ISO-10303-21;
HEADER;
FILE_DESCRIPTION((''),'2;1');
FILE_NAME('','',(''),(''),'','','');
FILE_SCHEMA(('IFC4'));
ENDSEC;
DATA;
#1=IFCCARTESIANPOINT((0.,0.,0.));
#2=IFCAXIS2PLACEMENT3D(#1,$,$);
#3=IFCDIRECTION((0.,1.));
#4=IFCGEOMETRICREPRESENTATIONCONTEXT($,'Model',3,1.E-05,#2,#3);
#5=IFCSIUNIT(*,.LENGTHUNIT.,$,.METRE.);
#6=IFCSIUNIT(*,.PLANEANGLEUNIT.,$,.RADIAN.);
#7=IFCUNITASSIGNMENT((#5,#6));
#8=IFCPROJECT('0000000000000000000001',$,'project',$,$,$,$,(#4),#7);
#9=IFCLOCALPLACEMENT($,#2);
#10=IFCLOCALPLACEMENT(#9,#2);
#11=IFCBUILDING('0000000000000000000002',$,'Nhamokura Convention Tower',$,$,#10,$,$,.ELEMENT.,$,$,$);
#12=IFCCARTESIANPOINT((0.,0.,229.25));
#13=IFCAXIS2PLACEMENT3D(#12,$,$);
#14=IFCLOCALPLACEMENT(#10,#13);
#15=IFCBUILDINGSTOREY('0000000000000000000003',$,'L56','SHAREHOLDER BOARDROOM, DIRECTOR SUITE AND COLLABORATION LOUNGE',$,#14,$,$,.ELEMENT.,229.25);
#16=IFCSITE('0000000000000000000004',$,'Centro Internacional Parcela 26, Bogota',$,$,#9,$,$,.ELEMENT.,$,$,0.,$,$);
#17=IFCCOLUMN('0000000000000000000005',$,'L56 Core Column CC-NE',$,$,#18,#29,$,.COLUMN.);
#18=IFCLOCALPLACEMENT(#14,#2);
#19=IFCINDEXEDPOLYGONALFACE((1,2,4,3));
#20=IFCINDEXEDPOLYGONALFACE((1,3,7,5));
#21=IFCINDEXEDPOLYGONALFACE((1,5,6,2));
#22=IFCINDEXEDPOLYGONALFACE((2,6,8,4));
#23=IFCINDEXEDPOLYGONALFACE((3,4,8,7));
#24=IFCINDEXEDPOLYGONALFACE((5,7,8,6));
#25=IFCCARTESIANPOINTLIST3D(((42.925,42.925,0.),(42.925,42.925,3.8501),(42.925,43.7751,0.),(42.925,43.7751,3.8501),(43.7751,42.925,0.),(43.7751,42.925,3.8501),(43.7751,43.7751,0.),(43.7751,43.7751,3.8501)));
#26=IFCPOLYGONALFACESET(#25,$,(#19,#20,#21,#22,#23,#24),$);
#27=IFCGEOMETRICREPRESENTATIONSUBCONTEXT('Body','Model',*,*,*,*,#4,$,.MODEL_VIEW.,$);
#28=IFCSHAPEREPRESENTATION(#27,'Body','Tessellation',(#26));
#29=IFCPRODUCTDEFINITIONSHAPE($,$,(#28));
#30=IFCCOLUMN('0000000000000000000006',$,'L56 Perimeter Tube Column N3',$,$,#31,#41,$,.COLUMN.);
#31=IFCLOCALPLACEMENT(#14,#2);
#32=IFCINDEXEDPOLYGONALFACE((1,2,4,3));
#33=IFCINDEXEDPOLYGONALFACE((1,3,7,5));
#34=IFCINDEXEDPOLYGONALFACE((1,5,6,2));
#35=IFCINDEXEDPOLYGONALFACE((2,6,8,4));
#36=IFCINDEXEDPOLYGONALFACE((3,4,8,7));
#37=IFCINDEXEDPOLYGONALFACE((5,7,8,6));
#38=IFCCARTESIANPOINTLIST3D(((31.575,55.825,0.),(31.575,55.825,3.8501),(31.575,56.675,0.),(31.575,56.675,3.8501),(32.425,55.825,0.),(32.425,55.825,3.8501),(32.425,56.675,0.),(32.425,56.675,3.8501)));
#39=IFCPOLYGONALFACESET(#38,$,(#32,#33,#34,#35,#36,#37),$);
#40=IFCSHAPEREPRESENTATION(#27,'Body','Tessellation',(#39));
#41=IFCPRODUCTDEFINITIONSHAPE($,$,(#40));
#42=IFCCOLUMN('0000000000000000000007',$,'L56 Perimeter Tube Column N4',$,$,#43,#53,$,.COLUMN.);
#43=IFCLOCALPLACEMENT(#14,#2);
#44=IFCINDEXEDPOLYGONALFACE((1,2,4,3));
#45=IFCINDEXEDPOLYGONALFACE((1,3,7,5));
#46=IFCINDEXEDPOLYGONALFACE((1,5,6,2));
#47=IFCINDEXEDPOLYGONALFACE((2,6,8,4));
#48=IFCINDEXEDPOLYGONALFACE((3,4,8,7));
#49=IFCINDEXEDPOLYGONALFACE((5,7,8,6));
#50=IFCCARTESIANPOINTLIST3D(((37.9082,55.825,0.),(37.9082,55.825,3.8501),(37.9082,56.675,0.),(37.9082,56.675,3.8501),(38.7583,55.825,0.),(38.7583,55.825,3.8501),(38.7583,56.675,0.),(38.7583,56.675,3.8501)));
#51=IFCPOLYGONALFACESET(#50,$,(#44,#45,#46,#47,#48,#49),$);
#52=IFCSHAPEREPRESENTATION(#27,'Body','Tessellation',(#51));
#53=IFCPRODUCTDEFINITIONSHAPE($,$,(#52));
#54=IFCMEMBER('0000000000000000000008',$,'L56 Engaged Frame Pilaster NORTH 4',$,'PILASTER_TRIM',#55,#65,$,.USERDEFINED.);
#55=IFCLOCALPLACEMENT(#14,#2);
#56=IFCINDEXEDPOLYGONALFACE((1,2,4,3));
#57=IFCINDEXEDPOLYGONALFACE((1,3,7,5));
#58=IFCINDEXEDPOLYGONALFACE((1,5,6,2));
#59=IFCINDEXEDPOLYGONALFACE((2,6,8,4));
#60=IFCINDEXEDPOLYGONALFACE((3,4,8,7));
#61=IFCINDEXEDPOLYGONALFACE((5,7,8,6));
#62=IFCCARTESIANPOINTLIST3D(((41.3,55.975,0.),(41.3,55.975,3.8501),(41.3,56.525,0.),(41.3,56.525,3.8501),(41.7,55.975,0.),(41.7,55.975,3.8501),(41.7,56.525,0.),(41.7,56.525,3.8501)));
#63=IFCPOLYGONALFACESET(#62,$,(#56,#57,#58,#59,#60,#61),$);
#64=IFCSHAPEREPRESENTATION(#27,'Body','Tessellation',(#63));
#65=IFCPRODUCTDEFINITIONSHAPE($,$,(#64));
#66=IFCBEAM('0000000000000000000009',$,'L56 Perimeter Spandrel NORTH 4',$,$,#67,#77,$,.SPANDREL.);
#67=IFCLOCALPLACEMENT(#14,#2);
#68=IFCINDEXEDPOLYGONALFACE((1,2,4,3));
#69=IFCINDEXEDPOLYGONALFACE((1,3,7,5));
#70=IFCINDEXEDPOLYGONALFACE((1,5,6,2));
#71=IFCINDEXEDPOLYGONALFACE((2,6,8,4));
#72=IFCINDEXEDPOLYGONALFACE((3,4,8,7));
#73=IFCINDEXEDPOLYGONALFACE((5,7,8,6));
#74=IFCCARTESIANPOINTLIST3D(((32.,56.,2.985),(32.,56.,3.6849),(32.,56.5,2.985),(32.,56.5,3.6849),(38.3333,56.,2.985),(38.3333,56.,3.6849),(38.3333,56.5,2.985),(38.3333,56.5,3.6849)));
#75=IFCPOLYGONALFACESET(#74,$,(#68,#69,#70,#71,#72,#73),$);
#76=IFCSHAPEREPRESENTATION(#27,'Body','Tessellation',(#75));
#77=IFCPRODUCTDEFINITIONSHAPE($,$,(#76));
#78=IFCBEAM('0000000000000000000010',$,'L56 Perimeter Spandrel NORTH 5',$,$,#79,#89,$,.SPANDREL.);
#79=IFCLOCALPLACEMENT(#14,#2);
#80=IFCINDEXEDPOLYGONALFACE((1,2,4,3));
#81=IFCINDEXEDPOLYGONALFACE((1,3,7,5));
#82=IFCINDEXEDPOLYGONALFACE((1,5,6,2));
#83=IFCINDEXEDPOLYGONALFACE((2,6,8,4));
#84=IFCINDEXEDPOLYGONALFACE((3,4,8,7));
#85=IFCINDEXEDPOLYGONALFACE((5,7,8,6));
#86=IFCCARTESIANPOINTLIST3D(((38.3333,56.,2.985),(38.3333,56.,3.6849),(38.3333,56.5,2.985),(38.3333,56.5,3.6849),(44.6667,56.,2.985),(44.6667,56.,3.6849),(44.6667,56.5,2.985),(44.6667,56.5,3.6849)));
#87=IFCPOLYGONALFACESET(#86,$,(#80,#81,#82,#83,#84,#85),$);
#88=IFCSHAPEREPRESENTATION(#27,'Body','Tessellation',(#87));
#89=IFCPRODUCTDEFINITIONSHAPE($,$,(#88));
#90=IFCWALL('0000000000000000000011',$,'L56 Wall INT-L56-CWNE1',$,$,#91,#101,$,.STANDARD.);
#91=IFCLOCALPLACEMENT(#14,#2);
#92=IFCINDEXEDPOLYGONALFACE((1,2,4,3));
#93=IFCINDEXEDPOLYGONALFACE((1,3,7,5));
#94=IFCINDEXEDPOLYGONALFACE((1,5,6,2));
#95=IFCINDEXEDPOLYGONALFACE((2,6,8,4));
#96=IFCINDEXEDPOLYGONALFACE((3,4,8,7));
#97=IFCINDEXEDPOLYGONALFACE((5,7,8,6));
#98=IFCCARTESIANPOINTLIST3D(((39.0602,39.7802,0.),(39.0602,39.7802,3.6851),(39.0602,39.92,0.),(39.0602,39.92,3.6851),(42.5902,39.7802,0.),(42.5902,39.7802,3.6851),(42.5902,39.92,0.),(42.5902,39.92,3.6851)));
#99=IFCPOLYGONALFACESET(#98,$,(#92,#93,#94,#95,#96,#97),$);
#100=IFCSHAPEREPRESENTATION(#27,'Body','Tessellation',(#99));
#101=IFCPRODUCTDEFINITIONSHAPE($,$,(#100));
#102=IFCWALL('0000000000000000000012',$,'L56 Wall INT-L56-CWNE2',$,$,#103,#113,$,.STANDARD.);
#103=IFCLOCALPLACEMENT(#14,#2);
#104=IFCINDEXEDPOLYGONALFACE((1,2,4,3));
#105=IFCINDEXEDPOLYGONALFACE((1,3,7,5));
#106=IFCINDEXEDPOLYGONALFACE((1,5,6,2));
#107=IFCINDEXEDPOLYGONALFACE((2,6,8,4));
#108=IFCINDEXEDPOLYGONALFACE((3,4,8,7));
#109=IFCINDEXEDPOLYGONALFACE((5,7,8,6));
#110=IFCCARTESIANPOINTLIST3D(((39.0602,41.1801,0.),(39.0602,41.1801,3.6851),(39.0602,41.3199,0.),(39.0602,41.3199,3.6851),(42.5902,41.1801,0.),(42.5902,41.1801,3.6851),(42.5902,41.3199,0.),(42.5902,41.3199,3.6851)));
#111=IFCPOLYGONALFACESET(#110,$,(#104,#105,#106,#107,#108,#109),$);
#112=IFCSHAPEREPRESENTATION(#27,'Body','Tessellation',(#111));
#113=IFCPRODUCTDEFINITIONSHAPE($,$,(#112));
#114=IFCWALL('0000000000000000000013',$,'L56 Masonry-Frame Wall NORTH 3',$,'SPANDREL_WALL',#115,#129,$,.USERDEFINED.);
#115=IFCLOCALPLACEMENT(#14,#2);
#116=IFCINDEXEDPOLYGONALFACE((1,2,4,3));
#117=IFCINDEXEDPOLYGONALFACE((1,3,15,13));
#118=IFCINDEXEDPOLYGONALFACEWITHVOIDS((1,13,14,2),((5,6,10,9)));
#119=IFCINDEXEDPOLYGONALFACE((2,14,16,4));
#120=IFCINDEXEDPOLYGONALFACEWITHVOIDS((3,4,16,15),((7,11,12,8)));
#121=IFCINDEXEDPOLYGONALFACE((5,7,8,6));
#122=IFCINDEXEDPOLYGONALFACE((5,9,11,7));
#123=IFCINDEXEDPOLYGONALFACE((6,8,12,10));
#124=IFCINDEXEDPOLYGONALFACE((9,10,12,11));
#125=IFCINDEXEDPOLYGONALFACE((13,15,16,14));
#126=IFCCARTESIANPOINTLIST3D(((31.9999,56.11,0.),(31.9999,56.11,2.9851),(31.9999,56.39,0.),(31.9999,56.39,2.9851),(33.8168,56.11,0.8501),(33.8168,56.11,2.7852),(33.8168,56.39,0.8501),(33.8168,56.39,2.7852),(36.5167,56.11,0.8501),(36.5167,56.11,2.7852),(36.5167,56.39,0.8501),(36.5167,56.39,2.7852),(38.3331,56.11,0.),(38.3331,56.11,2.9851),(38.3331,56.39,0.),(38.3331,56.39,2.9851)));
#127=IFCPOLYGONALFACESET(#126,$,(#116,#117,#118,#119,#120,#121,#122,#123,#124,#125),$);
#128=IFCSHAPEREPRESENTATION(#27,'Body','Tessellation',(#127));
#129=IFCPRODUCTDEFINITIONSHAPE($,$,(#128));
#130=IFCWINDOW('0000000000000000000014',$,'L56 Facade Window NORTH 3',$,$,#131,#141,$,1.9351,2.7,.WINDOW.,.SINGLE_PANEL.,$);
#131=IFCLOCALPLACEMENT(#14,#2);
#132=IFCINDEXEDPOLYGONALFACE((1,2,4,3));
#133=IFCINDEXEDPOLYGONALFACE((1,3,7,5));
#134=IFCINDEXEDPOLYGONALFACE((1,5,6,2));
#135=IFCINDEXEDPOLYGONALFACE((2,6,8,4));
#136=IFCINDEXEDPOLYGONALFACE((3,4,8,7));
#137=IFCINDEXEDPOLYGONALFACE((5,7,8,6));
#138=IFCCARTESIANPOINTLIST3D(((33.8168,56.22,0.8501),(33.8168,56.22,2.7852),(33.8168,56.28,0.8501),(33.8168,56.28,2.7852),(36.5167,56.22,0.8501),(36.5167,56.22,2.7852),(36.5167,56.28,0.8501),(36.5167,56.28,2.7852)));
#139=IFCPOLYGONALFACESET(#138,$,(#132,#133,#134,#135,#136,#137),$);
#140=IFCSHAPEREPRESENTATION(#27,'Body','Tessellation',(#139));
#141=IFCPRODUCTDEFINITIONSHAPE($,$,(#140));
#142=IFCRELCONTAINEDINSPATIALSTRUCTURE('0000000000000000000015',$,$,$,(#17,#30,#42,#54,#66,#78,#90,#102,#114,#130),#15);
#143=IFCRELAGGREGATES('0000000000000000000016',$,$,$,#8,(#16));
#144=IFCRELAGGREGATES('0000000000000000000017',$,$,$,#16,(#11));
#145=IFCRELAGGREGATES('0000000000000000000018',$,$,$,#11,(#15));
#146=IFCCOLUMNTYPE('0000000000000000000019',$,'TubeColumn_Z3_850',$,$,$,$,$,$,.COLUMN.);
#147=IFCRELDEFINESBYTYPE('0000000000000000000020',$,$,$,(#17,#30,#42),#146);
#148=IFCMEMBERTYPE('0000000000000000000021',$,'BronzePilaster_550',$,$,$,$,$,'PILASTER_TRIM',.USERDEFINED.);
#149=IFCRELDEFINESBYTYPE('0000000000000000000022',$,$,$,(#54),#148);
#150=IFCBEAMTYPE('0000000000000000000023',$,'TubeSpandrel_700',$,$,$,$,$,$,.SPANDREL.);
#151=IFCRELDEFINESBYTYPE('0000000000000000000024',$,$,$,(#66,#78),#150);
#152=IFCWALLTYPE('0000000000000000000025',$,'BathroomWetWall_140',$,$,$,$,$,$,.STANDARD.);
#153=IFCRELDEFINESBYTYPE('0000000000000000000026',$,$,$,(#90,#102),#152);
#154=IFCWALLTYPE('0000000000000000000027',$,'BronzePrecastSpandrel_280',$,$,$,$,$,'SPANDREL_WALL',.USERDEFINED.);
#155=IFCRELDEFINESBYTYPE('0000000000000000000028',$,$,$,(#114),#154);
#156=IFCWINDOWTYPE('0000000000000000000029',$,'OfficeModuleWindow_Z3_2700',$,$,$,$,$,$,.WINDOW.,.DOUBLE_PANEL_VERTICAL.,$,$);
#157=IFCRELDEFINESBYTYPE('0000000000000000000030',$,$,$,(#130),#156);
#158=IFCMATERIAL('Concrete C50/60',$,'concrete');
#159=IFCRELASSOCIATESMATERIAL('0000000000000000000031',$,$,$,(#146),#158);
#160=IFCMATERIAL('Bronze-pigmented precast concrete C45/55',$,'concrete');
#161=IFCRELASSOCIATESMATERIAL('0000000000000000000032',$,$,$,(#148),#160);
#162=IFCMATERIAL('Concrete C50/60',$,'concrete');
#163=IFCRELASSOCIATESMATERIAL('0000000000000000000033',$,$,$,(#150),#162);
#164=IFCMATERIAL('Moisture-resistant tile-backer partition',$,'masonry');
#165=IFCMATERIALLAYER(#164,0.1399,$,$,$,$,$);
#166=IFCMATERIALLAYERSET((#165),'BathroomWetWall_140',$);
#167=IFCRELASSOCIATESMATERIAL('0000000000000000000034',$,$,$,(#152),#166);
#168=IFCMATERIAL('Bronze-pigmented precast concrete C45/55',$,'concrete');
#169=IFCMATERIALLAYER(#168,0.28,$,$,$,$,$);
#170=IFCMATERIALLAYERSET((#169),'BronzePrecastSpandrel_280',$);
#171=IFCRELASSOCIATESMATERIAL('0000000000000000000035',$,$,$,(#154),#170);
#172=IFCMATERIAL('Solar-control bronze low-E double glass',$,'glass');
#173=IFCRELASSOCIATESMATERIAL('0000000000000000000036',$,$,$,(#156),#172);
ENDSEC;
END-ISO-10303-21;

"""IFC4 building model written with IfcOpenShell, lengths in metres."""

from ifc_helpers import new_model, si_unit, direction, frame, frame_2d, origin, origin_2d, place, context, subcontext, project, spatial, rectangle, extrude, material, layer, layer_set, material_profile, profile_set, type_object, element, fill, save


model = new_model("IFC4")

# Units and contexts
model_context = context("Model", 3, precision=1e-05, world=origin(), true_north=direction((0.0, 1.0)))
body_context = subcontext(model_context, "Body", "Model", "MODEL_VIEW")
ifc_project = project(units=[si_unit("LENGTHUNIT", "METRE"), si_unit("PLANEANGLEUNIT", "RADIAN")], contexts=[model_context])

# Site, building, storey
site_placement = place(None, origin())
site = spatial("IfcSite", under=ifc_project, at=site_placement, Name="Centro Internacional Parcela 26, Bogota", CompositionType="ELEMENT", RefElevation=0.0)
building_placement = place(site_placement, origin())
building = spatial("IfcBuilding", under=site, at=building_placement, Name="Nhamokura Convention Tower", CompositionType="ELEMENT")
storey_placement = place(building_placement, frame((0.0, 0.0, 229.25)))
storey = spatial("IfcBuildingStorey", under=building, at=storey_placement, Name="L56", Description="SHAREHOLDER BOARDROOM, DIRECTOR SUITE AND COLLABORATION LOUNGE", CompositionType="ELEMENT", Elevation=229.25)

# Columns
ifc_material_1 = material(Name="Concrete C50/60", Category="concrete")
ifc_material_profile_1 = material_profile(ifc_material_1, rectangle(XDim=0.8501, YDim=0.8501, at=origin_2d()))
ifc_profile_set_1 = profile_set([ifc_material_profile_1], Name="Concrete C50/60")
column_type = type_object("IfcColumnType", Name="TubeColumn_Z3_850", PredefinedType="COLUMN", material=ifc_profile_set_1)
for number, where, z_axis, x_axis, name in (
    (1, (43.3501, 43.3501, 0.0), (0.0, 0.0, 1.0), (1.0, 0.0, 0.0), "L56 Core Column CC-NE"),
    (2, (32.0, 56.25, 0.0), (0.0, 0.0, 1.0), (1.0, 0.0, 0.0), "L56 Perimeter Tube Column N3"),
    (3, (38.3333, 56.25, 0.0), (0.0, 0.0, 1.0), (1.0, 0.0, 0.0), "L56 Perimeter Tube Column N4"),
):
    element("IfcColumn", number, at=place(storey_placement, frame(where, z_axis=z_axis, x_axis=x_axis)), inside=storey, type_object=column_type, Name=name, PredefinedType="COLUMN", context=body_context, shape_type="SweptSolid", body=[
        extrude(rectangle(XDim=0.8501, YDim=0.8501, at=origin_2d()), origin(), (0.0, 0.0, 1.0), 3.8501),
    ])

# Member
ifc_material_2 = material(Name="Bronze-pigmented precast concrete C45/55", Category="concrete")
ifc_material_profile_2 = material_profile(ifc_material_2, rectangle(XDim=0.3999, YDim=0.55, at=origin_2d()))
ifc_profile_set_2 = profile_set([ifc_material_profile_2], Name="Bronze-pigmented precast concrete C45/55")
member_type = type_object("IfcMemberType", Name="BronzePilaster_550", ElementType="PILASTER_TRIM", PredefinedType="USERDEFINED", material=ifc_profile_set_2)
member_placement = place(storey_placement, frame((41.5, 56.25, 0.0), z_axis=(0.0, 0.0, 1.0), x_axis=(1.0, 0.0, 0.0)))
element("IfcMember", 4, at=member_placement, inside=storey, type_object=member_type, Name="L56 Engaged Frame Pilaster NORTH 4", ObjectType="PILASTER_TRIM", PredefinedType="USERDEFINED", context=body_context, shape_type="SweptSolid", body=[
    extrude(rectangle(XDim=0.3999, YDim=0.55, at=origin_2d()), origin(), (0.0, 0.0, 1.0), 3.8501),
])

# Beams
ifc_material_3 = material(Name="Concrete C50/60", Category="concrete")
ifc_material_profile_3 = material_profile(ifc_material_3, rectangle(XDim=0.5, YDim=0.7, at=origin_2d()))
ifc_profile_set_3 = profile_set([ifc_material_profile_3], Name="Concrete C50/60")
beam_type = type_object("IfcBeamType", Name="TubeSpandrel_700", PredefinedType="SPANDREL", material=ifc_profile_set_3)
beam_1_placement = place(storey_placement, frame((32.0, 56.25, 3.335), z_axis=(1.0, 0.0, 0.0), x_axis=(0.0, 1.0, 0.0)))
element("IfcBeam", 5, at=beam_1_placement, inside=storey, type_object=beam_type, Name="L56 Perimeter Spandrel NORTH 4", PredefinedType="SPANDREL", context=body_context, shape_type="SweptSolid", body=[
    extrude(rectangle(XDim=0.5, YDim=0.7, at=origin_2d()), origin(), (0.0, 0.0, 1.0), 6.3333),
])
beam_2_placement = place(storey_placement, frame((38.3333, 56.25, 3.335), z_axis=(1.0, 0.0, 0.0), x_axis=(0.0, 1.0, 0.0)))
element("IfcBeam", 6, at=beam_2_placement, inside=storey, type_object=beam_type, Name="L56 Perimeter Spandrel NORTH 5", PredefinedType="SPANDREL", context=body_context, shape_type="SweptSolid", body=[
    extrude(rectangle(XDim=0.5, YDim=0.7, at=origin_2d()), origin(), (0.0, 0.0, 1.0), 6.3335),
])

# Walls
ifc_material_4 = material(Name="Moisture-resistant tile-backer partition", Category="masonry")
ifc_layer_1 = layer(ifc_material_4, 0.1399)
ifc_layer_set_1 = layer_set([ifc_layer_1], Name="BathroomWetWall_140")
wall_type_1 = type_object("IfcWallType", Name="BathroomWetWall_140", PredefinedType="STANDARD", material=ifc_layer_set_1)
for number, where, z_axis, x_axis, name in (
    (7, (39.0601, 39.8501, 0.0), (0.0, 0.0, 1.0), (1.0, 0.0, 0.0), "L56 Wall INT-L56-CWNE1"),
    (8, (39.0601, 41.25, 0.0), (0.0, 0.0, 1.0), (1.0, 0.0, 0.0), "L56 Wall INT-L56-CWNE2"),
):
    element("IfcWall", number, at=place(storey_placement, frame(where, z_axis=z_axis, x_axis=x_axis)), inside=storey, type_object=wall_type_1, Name=name, PredefinedType="STANDARD", context=body_context, shape_type="SweptSolid", body=[
        extrude(rectangle(XDim=3.53, YDim=0.1399, at=frame_2d((1.7651, 0.0))), origin(), (0.0, 0.0, 1.0), 3.6851),
    ])

# Wall, opening, window
ifc_material_5 = material(Name="Bronze-pigmented precast concrete C45/55", Category="concrete")
ifc_layer_2 = layer(ifc_material_5, 0.28)
ifc_layer_set_2 = layer_set([ifc_layer_2], Name="BronzePrecastSpandrel_280")
wall_type_2 = type_object("IfcWallType", Name="BronzePrecastSpandrel_280", ElementType="SPANDREL_WALL", PredefinedType="USERDEFINED", material=ifc_layer_set_2)
wall_1_placement = place(storey_placement, frame((32.0, 56.25, 0.0), z_axis=(0.0, 0.0, 1.0), x_axis=(1.0, 0.0, 0.0)))
wall_1 = element("IfcWall", 9, at=wall_1_placement, inside=storey, type_object=wall_type_2, Name="L56 Masonry-Frame Wall NORTH 3", ObjectType="SPANDREL_WALL", PredefinedType="USERDEFINED", context=body_context, shape_type="SweptSolid", body=[
    extrude(rectangle(XDim=6.3333, YDim=0.28, at=frame_2d((3.1665, 0.0))), origin(), (0.0, 0.0, 1.0), 2.9851),
])
opening_1_placement = place(wall_1_placement, frame((1.8167, 0.0, 0.8501)))
opening_1 = element("IfcOpeningElement", 10, at=opening_1_placement, cuts=wall_1, PredefinedType="OPENING", context=body_context, shape_type="SweptSolid", body=[
    extrude(rectangle(XDim=2.7, YDim=1.9351, at=frame_2d((1.3501, 0.9675))), frame((0.0, 0.1499, 0.0), z_axis=(0.0, -1.0, 0.0), x_axis=(1.0, 0.0, 0.0)), (0.0, 0.0, 1.0), 0.3),
])
ifc_material_6 = material(Name="Solar-control bronze low-E double glass", Category="glass")
window_type_1 = type_object("IfcWindowType", Name="OfficeModuleWindow_Z3_2700", PartitioningType="DOUBLE_PANEL_VERTICAL", PredefinedType="WINDOW", material=ifc_material_6)
window_1_placement = place(opening_1_placement, origin())
window_1 = element("IfcWindow", 11, at=window_1_placement, inside=storey, type_object=window_type_1, Name="L56 Facade Window NORTH 3", OverallHeight=1.9351, OverallWidth=2.7, PartitioningType="SINGLE_PANEL", PredefinedType="WINDOW", context=body_context, shape_type="SweptSolid", body=[
    extrude(rectangle(XDim=2.7, YDim=1.9351, at=frame_2d((1.3501, 0.9675))), frame((0.0, 0.03, 0.0), z_axis=(0.0, -1.0, 0.0), x_axis=(1.0, 0.0, 0.0)), (0.0, 0.0, 1.0), 0.0601),
])
fill(opening_1, window_1)

save(model, "model.ifc")
